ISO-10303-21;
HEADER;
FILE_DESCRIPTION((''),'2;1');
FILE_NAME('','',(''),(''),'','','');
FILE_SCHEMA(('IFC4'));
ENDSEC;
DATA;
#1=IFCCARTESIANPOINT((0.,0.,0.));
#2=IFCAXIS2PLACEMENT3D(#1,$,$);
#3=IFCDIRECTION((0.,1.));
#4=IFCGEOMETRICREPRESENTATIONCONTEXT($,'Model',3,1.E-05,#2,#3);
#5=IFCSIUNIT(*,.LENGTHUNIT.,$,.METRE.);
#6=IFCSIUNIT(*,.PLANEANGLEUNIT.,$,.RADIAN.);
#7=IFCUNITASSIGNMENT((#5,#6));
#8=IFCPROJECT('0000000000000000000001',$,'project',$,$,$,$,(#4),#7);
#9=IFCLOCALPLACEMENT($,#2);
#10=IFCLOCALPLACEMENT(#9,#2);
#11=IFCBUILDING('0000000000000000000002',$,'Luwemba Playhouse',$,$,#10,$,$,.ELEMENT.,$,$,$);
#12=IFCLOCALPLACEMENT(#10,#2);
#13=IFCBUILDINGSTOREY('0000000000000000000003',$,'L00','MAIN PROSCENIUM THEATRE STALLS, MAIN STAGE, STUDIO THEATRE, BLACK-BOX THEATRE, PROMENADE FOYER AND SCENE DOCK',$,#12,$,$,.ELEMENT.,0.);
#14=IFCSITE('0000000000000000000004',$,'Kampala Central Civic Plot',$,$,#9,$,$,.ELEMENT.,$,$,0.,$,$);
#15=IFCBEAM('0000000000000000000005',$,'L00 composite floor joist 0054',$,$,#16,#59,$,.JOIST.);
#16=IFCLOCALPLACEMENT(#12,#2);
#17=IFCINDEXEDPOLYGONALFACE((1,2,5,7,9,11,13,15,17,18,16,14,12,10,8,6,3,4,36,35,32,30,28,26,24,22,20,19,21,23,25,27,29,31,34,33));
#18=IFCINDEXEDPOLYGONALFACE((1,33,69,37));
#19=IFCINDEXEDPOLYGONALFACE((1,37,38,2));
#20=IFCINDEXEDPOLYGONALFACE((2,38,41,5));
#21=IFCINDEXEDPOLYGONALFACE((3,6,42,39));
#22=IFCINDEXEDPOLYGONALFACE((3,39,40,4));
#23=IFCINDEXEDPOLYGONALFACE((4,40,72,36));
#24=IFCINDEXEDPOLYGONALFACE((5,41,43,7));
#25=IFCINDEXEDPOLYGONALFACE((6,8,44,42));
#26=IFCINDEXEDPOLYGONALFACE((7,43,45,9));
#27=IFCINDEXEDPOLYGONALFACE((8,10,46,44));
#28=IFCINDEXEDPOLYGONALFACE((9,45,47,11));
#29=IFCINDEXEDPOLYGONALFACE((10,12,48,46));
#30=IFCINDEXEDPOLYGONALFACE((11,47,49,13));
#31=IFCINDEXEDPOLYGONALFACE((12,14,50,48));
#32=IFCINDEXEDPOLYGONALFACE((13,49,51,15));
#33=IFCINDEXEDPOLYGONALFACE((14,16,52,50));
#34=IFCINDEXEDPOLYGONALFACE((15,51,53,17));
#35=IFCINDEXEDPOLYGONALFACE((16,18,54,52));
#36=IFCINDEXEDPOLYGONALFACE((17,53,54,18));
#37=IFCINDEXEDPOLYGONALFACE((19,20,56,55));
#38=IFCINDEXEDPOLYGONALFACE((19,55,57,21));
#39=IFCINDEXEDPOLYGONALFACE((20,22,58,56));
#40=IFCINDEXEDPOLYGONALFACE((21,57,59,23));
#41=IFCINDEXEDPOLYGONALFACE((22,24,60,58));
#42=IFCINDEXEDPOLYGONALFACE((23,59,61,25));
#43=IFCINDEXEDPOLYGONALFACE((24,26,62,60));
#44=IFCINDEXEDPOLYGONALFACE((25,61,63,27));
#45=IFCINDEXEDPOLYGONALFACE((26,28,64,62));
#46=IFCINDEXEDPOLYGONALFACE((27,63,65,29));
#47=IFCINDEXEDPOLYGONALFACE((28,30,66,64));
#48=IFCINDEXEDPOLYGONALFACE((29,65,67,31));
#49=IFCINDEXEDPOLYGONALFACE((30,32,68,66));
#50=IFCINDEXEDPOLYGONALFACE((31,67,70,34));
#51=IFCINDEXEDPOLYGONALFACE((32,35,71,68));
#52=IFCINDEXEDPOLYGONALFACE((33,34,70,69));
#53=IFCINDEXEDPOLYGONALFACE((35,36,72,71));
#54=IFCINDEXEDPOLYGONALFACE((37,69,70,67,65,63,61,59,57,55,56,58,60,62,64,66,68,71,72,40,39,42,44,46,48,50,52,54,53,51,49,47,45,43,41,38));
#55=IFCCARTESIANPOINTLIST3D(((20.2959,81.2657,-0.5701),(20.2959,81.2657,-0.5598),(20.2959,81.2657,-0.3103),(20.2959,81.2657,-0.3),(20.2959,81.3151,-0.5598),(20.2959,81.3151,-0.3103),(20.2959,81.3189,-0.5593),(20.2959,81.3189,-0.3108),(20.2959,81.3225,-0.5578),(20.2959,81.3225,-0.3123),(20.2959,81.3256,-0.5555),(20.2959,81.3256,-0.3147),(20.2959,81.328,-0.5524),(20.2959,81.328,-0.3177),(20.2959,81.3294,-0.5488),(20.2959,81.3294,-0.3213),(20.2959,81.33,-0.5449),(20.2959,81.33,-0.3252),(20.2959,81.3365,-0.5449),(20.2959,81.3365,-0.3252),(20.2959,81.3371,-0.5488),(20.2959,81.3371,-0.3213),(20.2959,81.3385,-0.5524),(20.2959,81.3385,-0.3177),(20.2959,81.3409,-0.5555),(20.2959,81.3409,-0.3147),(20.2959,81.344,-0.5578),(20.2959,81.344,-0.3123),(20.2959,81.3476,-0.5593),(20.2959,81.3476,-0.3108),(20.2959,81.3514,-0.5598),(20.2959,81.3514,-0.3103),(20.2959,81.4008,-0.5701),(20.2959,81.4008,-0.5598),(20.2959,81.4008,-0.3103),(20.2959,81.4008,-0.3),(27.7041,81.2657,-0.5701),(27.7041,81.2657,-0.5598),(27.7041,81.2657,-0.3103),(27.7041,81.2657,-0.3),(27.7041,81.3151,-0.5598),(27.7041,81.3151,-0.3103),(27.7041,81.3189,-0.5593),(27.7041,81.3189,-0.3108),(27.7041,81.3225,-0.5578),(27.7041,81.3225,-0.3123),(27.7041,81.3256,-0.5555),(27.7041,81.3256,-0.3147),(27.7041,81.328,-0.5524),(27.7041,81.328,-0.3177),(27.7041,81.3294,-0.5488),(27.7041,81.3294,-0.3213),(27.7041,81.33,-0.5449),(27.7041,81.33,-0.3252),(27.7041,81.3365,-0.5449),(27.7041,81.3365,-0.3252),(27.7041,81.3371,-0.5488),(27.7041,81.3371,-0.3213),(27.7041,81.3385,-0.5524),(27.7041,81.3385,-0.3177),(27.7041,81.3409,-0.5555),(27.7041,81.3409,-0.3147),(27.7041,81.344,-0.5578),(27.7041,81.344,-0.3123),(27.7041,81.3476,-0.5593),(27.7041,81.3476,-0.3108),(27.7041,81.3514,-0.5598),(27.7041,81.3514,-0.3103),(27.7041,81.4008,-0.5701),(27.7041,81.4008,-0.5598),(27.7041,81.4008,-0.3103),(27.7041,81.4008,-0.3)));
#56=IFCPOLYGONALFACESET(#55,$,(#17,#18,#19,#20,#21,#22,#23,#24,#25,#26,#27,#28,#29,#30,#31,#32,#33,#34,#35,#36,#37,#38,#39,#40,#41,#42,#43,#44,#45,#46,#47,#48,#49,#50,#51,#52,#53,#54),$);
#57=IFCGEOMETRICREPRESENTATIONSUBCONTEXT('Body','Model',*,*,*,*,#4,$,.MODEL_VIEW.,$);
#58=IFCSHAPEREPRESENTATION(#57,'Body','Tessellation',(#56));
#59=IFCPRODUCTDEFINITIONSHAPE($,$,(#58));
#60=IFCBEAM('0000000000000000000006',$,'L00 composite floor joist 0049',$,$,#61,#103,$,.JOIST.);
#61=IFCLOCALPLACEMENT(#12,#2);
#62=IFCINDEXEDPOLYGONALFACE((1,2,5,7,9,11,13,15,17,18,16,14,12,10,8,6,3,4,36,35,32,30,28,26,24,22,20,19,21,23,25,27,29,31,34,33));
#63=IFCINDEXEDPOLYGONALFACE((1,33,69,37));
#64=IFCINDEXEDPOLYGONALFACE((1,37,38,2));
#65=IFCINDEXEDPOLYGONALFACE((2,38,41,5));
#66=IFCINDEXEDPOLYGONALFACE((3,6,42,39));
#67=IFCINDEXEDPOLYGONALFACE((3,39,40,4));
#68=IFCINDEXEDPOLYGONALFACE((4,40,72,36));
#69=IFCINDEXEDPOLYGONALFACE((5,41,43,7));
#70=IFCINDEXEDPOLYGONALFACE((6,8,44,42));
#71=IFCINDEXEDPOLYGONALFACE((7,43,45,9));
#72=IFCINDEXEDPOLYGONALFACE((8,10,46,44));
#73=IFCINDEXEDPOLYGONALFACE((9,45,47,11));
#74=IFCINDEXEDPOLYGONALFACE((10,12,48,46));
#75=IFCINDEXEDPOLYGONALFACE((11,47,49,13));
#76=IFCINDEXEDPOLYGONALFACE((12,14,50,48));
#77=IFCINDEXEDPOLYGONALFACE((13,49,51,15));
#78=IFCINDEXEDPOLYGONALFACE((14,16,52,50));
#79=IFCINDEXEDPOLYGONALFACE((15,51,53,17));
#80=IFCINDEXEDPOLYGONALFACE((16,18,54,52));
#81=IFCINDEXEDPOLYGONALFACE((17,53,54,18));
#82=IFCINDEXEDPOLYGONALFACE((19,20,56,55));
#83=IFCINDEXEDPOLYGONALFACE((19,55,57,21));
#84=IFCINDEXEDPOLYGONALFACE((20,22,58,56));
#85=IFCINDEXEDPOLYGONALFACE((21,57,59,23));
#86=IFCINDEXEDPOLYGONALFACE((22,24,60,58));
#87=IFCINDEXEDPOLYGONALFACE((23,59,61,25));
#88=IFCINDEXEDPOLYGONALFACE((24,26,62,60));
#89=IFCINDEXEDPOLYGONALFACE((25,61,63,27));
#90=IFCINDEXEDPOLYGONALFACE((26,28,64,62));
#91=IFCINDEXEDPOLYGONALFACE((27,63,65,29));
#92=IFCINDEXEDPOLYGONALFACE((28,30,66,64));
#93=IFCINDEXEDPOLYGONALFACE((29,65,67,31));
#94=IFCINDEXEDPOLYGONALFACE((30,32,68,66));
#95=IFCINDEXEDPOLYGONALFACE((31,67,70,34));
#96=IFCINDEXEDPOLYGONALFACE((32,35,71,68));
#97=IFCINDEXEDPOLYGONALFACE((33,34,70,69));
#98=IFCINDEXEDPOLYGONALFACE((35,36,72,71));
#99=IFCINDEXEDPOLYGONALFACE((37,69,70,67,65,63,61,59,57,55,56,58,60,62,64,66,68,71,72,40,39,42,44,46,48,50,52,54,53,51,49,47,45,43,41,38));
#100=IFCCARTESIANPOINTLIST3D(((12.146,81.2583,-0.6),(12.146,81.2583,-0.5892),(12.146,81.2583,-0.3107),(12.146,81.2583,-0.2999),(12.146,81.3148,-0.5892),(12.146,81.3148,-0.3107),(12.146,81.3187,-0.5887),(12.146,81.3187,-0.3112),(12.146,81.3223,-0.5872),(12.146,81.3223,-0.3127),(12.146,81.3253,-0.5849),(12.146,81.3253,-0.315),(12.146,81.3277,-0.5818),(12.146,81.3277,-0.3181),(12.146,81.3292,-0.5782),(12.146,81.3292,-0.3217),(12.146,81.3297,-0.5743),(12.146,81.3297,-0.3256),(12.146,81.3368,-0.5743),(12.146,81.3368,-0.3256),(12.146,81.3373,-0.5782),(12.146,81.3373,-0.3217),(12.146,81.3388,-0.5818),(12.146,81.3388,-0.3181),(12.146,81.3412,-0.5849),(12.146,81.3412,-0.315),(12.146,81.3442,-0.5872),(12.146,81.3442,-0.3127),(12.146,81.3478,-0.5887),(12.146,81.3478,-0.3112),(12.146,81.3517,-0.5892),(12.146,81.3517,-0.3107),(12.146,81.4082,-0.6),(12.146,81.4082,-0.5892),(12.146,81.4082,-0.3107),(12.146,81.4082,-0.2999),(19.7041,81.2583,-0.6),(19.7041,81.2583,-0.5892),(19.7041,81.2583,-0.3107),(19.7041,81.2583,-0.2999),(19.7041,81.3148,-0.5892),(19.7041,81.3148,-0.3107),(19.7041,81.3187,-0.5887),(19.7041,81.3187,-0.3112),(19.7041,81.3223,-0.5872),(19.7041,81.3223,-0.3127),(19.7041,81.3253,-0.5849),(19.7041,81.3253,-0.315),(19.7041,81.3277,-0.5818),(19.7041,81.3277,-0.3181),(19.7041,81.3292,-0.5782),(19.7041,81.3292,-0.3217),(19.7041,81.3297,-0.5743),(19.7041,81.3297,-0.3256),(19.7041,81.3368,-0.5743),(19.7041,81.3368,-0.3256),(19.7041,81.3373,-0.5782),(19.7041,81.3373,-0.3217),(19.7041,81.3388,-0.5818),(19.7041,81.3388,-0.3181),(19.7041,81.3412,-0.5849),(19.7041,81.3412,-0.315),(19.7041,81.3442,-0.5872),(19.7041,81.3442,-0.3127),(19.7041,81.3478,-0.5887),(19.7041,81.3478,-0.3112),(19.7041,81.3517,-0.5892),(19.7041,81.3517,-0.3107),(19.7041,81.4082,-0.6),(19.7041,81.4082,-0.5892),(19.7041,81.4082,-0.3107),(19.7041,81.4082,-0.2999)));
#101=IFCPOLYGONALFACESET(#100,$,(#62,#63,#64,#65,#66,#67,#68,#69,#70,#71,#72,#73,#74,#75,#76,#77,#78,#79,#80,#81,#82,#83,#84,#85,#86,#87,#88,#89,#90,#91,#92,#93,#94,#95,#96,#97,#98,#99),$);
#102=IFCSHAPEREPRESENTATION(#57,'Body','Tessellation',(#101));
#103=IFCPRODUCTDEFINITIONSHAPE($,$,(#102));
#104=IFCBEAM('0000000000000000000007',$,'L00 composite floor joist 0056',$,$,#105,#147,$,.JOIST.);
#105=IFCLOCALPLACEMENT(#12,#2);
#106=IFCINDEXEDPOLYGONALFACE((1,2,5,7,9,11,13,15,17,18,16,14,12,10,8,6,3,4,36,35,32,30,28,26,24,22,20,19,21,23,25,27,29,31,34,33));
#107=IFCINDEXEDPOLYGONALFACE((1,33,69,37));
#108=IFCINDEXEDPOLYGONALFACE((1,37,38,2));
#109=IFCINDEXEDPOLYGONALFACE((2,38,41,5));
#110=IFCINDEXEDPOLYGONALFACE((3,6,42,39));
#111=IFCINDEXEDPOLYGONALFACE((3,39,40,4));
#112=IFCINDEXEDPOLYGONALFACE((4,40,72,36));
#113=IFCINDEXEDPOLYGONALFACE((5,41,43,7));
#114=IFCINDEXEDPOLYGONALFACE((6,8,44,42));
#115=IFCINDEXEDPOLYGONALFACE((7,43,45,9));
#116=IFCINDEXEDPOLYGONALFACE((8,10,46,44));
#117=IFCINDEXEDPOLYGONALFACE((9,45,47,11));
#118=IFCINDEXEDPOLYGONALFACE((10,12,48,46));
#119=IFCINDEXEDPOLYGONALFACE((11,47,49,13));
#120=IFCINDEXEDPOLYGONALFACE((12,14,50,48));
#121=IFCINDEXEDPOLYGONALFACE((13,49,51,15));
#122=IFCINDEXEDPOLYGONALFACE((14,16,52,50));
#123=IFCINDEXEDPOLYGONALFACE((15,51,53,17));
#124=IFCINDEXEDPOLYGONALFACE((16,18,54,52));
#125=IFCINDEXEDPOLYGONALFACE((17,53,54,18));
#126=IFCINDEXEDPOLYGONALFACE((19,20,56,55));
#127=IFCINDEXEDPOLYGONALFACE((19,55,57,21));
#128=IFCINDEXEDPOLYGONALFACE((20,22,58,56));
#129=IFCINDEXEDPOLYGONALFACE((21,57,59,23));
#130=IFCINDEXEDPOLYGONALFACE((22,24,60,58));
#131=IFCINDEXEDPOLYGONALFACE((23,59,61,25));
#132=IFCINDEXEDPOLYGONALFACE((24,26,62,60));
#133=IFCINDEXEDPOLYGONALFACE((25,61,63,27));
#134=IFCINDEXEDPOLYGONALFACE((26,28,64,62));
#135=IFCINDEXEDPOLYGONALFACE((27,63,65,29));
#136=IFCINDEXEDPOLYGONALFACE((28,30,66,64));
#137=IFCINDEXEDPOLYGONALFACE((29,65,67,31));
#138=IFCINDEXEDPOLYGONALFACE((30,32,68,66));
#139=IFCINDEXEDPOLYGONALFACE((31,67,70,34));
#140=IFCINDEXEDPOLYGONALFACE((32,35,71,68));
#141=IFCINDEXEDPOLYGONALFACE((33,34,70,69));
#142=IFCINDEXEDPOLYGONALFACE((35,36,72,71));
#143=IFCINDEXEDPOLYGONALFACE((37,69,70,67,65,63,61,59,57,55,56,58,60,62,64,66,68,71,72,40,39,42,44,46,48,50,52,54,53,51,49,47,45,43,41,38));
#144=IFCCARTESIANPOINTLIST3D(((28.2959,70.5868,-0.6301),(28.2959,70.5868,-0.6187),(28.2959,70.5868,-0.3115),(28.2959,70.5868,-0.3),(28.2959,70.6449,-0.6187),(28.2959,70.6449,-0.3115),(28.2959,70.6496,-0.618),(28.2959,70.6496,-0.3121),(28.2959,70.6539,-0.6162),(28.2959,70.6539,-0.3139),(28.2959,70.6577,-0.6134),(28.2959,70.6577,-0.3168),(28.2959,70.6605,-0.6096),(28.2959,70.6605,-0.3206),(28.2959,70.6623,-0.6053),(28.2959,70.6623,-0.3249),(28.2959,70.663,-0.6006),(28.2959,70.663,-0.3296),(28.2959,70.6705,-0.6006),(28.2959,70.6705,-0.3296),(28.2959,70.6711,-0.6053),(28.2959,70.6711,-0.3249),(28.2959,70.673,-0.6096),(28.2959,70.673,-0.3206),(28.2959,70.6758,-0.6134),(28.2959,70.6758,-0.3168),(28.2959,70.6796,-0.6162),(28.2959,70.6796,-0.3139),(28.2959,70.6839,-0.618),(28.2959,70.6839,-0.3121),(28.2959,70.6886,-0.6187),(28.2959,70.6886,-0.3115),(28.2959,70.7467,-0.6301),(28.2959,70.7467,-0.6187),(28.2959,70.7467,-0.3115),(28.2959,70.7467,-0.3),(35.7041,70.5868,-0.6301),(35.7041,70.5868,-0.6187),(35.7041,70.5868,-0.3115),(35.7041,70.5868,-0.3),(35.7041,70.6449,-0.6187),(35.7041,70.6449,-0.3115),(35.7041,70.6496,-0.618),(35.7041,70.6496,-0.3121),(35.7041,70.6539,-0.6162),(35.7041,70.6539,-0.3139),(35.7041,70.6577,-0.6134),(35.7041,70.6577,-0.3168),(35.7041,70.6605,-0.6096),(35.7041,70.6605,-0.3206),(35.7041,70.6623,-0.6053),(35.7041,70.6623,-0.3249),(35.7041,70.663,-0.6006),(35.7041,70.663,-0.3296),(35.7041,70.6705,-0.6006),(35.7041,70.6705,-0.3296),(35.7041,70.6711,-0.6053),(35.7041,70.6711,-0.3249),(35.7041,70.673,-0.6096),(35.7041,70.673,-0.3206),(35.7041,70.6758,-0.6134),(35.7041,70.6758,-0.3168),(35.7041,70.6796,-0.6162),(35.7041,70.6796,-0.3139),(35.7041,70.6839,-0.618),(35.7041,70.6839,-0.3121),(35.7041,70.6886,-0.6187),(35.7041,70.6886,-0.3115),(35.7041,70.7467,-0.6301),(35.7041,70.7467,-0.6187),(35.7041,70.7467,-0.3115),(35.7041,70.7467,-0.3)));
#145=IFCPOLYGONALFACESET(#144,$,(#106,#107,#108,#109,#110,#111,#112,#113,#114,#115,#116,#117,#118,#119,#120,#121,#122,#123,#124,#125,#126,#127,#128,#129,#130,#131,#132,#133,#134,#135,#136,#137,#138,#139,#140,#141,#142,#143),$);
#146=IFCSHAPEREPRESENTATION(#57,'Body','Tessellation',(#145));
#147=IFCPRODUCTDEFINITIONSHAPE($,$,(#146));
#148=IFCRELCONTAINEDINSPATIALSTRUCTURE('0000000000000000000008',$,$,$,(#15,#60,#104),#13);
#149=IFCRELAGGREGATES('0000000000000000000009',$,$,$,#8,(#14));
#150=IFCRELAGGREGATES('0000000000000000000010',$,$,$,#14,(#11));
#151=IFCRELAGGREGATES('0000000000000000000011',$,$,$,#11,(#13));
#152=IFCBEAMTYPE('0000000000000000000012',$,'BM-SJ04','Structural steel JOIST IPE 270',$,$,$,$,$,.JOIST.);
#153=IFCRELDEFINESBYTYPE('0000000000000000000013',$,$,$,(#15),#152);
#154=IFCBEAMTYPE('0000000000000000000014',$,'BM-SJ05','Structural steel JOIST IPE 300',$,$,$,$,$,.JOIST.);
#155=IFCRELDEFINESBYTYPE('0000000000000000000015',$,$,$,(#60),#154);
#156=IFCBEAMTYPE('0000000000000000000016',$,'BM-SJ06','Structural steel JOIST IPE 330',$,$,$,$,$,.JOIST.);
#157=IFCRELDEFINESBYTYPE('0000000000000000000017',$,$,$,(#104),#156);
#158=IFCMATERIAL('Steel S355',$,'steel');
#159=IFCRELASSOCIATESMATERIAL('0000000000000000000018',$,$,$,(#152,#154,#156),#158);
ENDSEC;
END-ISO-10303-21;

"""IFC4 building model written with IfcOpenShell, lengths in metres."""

from ifc_helpers import new_model, si_unit, direction, frame, origin, origin_2d, place, context, subcontext, project, spatial, i_section, extrude, material, material_profile, profile_set, type_object, element, save


model = new_model("IFC4")

# Units and contexts
model_context = context("Model", 3, precision=1e-05, world=origin(), true_north=direction((0.0, 1.0)))
body_context = subcontext(model_context, "Body", "Model", "MODEL_VIEW")
ifc_project = project(units=[si_unit("LENGTHUNIT", "METRE"), si_unit("PLANEANGLEUNIT", "RADIAN")], contexts=[model_context])

# Site, building, storey
site_placement = place(None, origin())
site = spatial("IfcSite", under=ifc_project, at=site_placement, Name="Kampala Central Civic Plot", CompositionType="ELEMENT", RefElevation=0.0)
building_placement = place(site_placement, origin())
building = spatial("IfcBuilding", under=site, at=building_placement, Name="Luwemba Playhouse", CompositionType="ELEMENT")
storey_placement = place(building_placement, origin())
storey = spatial("IfcBuildingStorey", under=building, at=storey_placement, Name="L00", Description="MAIN PROSCENIUM THEATRE STALLS, MAIN STAGE, STUDIO THEATRE, BLACK-BOX THEATRE, PROMENADE FOYER AND SCENE DOCK", CompositionType="ELEMENT", Elevation=0.0)

# Beams
ifc_material_1 = material(Name="Steel S355", Category="steel")
ifc_material_profile_1 = material_profile(ifc_material_1, i_section(OverallWidth=0.135, OverallDepth=0.27, WebThickness=0.0066, FlangeThickness=0.0103, FilletRadius=0.0149, at=origin_2d()))
ifc_profile_set_1 = profile_set([ifc_material_profile_1], Name="Steel S355")
beam_type_1 = type_object("IfcBeamType", Name="BM-SJ04", Description="Structural steel JOIST IPE 270", PredefinedType="JOIST", material=ifc_profile_set_1)
beam_1_placement = place(storey_placement, frame((20.2959, 81.3333, -0.4351), z_axis=(1.0, 0.0, 0.0), x_axis=(0.0, 1.0, 0.0)))
element("IfcBeam", 1, at=beam_1_placement, inside=storey, type_object=beam_type_1, Name="L00 composite floor joist 0054", PredefinedType="JOIST", context=body_context, shape_type="SweptSolid", body=[
    extrude(i_section(OverallWidth=0.135, OverallDepth=0.27, WebThickness=0.0066, FlangeThickness=0.0103, FilletRadius=0.0149, at=origin_2d()), origin(), (0.0, 0.0, 1.0), 7.4082),
])
ifc_material_profile_2 = material_profile(ifc_material_1, i_section(OverallWidth=0.1499, OverallDepth=0.3, WebThickness=0.0071, FlangeThickness=0.0107, FilletRadius=0.0149, at=origin_2d()))
ifc_profile_set_2 = profile_set([ifc_material_profile_2], Name="Steel S355")
beam_type_2 = type_object("IfcBeamType", Name="BM-SJ05", Description="Structural steel JOIST IPE 300", PredefinedType="JOIST", material=ifc_profile_set_2)
beam_2_placement = place(storey_placement, frame((12.146, 81.3333, -0.45), z_axis=(1.0, 0.0, 0.0), x_axis=(0.0, 1.0, 0.0)))
element("IfcBeam", 2, at=beam_2_placement, inside=storey, type_object=beam_type_2, Name="L00 composite floor joist 0049", PredefinedType="JOIST", context=body_context, shape_type="SweptSolid", body=[
    extrude(i_section(OverallWidth=0.1499, OverallDepth=0.3, WebThickness=0.0071, FlangeThickness=0.0107, FilletRadius=0.0149, at=origin_2d()), origin(), (0.0, 0.0, 1.0), 7.5581),
])
ifc_material_profile_3 = material_profile(ifc_material_1, i_section(OverallWidth=0.1599, OverallDepth=0.3301, WebThickness=0.0076, FlangeThickness=0.0115, FilletRadius=0.0181, at=origin_2d()))
ifc_profile_set_3 = profile_set([ifc_material_profile_3], Name="Steel S355")
beam_type_3 = type_object("IfcBeamType", Name="BM-SJ06", Description="Structural steel JOIST IPE 330", PredefinedType="JOIST", material=ifc_profile_set_3)
beam_3_placement = place(storey_placement, frame((28.2959, 70.6667, -0.4651), z_axis=(1.0, 0.0, 0.0), x_axis=(0.0, 1.0, 0.0)))
element("IfcBeam", 3, at=beam_3_placement, inside=storey, type_object=beam_type_3, Name="L00 composite floor joist 0056", PredefinedType="JOIST", context=body_context, shape_type="SweptSolid", body=[
    extrude(i_section(OverallWidth=0.1599, OverallDepth=0.3301, WebThickness=0.0076, FlangeThickness=0.0115, FilletRadius=0.0181, at=origin_2d()), origin(), (0.0, 0.0, 1.0), 7.4082),
])

save(model, "model.ifc")
